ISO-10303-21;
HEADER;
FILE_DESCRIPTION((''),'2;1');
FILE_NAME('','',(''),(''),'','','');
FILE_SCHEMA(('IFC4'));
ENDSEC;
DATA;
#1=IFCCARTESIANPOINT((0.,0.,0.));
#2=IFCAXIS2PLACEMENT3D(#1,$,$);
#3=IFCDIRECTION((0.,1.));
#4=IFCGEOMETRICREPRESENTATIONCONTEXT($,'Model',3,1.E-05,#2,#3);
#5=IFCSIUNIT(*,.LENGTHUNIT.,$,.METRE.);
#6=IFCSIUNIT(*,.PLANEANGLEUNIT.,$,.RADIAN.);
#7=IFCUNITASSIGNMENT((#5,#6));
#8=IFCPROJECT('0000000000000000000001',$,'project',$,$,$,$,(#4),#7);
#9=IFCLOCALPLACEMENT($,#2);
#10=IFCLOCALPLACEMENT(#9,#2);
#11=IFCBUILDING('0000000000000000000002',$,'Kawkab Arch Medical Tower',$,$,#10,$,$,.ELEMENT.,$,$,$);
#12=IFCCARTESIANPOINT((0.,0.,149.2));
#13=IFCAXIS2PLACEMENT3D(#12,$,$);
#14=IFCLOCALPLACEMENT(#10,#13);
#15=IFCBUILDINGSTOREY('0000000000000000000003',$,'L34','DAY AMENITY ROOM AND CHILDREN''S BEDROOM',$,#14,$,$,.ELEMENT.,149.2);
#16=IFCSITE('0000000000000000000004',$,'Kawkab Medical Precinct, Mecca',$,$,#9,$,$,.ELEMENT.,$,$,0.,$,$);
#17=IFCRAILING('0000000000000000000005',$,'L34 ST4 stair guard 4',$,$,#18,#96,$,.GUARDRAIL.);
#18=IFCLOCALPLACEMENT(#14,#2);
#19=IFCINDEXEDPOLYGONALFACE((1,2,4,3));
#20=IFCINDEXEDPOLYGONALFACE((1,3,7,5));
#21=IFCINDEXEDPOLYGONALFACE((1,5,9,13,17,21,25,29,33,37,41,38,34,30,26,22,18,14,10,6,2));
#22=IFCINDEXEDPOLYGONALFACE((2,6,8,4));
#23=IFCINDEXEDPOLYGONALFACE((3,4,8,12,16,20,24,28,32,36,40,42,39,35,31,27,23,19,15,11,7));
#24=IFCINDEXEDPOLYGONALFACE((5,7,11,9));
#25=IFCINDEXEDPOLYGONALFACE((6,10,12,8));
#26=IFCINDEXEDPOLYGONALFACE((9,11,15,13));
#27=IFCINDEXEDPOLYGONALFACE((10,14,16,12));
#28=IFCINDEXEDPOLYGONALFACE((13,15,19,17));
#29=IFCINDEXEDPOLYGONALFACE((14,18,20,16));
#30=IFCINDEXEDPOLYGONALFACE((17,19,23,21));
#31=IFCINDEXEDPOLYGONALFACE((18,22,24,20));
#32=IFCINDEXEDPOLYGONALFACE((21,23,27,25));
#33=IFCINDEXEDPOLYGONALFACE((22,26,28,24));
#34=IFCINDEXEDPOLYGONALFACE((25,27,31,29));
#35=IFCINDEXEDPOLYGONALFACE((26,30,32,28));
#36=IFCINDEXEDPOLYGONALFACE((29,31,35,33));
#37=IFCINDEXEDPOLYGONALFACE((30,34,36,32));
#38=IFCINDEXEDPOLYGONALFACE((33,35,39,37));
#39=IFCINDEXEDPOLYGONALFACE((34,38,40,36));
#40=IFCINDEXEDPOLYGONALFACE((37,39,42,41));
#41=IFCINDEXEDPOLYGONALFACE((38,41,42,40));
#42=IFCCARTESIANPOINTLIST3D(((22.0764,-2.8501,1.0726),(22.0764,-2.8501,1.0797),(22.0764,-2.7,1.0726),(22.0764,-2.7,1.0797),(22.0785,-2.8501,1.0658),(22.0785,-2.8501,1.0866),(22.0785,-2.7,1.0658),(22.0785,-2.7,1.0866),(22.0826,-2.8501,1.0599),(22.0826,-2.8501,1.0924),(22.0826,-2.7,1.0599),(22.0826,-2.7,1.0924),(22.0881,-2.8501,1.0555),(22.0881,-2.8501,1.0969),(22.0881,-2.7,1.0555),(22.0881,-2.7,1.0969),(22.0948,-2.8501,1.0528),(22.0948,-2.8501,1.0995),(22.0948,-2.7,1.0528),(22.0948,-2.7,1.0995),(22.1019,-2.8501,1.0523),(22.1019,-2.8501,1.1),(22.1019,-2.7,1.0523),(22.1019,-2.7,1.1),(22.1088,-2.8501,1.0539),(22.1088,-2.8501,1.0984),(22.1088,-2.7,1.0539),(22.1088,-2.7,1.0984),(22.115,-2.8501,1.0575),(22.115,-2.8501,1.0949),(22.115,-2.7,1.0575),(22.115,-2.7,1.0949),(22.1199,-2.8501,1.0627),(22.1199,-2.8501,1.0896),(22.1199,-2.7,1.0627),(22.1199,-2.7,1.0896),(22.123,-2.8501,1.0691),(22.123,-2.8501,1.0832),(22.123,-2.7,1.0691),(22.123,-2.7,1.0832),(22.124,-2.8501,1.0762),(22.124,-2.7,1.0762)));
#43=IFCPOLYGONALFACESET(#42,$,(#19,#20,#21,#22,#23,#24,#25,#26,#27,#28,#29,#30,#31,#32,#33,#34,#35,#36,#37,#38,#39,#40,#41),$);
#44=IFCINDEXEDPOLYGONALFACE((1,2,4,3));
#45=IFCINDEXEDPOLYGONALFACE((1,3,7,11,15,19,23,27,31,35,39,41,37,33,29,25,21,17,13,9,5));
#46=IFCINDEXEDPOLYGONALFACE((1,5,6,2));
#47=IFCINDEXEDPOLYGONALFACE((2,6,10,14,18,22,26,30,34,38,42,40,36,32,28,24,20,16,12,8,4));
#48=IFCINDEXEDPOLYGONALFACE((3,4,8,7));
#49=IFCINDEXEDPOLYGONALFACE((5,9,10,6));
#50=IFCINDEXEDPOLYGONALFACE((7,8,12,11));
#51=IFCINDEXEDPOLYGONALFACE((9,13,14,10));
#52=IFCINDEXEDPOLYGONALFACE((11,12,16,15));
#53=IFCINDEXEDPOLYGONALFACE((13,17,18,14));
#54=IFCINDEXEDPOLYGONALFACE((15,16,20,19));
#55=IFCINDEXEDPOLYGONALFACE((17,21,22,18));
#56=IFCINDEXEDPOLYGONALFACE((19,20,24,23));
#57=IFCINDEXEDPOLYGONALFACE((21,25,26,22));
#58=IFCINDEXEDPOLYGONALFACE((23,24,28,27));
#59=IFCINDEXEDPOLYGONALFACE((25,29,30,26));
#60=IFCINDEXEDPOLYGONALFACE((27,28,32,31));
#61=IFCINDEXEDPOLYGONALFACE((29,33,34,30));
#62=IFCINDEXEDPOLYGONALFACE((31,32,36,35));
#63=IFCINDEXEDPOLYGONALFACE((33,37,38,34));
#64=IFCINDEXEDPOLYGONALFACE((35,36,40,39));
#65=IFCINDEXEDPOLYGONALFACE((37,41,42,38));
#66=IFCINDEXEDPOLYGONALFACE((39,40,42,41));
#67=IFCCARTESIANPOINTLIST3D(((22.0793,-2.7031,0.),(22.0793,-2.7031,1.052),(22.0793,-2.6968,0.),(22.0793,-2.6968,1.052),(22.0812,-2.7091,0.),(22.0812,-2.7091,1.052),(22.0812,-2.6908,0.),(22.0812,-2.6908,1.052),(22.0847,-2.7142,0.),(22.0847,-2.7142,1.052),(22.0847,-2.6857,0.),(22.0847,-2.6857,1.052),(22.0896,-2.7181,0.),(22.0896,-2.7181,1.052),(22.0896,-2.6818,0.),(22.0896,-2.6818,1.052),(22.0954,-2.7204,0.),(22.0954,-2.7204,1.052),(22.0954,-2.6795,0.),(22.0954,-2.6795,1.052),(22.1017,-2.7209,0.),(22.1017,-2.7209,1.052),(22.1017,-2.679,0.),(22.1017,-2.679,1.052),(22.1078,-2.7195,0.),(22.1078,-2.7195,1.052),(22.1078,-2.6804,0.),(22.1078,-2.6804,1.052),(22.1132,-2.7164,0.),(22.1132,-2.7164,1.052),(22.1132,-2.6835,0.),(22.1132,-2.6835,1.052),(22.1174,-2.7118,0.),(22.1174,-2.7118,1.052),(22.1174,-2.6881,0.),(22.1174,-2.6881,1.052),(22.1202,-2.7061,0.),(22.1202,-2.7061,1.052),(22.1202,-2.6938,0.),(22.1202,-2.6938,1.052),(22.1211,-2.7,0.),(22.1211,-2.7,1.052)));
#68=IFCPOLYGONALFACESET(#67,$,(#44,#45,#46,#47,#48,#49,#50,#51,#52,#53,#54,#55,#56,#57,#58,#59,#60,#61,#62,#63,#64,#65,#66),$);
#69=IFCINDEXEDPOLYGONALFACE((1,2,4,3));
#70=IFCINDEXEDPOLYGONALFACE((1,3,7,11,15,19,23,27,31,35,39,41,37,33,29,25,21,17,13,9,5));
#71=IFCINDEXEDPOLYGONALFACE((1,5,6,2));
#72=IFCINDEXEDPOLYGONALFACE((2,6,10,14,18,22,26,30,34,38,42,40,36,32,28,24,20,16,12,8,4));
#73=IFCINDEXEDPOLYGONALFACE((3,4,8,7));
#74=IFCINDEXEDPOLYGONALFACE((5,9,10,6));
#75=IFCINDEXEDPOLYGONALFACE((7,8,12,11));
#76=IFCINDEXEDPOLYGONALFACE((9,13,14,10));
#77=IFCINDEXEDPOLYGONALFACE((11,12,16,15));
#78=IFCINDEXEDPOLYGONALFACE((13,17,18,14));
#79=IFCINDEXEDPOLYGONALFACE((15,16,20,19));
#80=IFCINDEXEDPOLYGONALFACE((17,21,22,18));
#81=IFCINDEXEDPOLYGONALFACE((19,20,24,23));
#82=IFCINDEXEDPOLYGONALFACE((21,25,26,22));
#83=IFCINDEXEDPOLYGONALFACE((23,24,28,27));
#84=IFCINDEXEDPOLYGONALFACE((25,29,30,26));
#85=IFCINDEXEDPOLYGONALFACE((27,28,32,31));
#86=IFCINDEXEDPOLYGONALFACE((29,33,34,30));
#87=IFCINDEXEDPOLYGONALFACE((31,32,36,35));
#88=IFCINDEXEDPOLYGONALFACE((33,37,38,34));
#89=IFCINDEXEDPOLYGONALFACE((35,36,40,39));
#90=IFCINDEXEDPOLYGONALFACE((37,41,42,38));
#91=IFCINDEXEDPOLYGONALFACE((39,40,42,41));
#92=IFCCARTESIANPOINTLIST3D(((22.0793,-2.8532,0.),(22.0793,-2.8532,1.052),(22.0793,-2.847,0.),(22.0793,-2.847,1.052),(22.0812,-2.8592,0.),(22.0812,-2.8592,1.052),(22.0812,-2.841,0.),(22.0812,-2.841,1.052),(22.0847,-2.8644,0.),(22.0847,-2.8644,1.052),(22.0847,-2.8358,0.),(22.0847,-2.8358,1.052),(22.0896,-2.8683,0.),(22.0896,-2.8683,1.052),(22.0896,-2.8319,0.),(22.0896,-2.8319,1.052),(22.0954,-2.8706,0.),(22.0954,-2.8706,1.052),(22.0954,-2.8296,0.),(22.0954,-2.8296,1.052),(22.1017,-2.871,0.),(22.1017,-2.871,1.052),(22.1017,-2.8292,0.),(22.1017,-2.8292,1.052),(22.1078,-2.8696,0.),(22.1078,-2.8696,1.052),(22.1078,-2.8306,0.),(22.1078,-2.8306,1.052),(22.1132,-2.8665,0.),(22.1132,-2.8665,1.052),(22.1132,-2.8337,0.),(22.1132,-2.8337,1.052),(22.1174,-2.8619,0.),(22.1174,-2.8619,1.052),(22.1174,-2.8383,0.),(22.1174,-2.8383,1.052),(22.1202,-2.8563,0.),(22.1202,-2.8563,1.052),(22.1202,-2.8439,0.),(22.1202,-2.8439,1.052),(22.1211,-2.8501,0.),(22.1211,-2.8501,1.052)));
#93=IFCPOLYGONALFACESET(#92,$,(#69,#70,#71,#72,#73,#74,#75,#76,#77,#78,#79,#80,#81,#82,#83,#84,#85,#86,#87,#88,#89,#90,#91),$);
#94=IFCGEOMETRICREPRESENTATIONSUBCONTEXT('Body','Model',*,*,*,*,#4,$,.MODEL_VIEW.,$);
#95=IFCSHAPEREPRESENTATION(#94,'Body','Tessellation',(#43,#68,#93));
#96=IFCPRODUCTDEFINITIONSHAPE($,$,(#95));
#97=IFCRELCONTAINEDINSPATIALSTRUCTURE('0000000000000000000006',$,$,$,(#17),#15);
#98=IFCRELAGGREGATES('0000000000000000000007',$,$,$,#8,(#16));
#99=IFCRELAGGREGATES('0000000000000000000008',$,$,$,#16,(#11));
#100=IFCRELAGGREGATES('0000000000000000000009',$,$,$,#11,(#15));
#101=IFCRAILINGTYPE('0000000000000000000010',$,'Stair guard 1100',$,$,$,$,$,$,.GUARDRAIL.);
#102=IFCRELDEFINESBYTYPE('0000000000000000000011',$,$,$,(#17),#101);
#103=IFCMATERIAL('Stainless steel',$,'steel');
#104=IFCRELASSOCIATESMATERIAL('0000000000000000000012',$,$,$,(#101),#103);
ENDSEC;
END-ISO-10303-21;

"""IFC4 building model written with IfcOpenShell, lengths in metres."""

from ifc_helpers import new_model, si_unit, direction, frame, origin, origin_2d, place, context, subcontext, project, spatial, circle, extrude, material, type_object, element, save


model = new_model("IFC4")

# Units and contexts
model_context = context("Model", 3, precision=1e-05, world=origin(), true_north=direction((0.0, 1.0)))
body_context = subcontext(model_context, "Body", "Model", "MODEL_VIEW")
ifc_project = project(units=[si_unit("LENGTHUNIT", "METRE"), si_unit("PLANEANGLEUNIT", "RADIAN")], contexts=[model_context])

# Site, building, storey
site_placement = place(None, origin())
site = spatial("IfcSite", under=ifc_project, at=site_placement, Name="Kawkab Medical Precinct, Mecca", CompositionType="ELEMENT", RefElevation=0.0)
building_placement = place(site_placement, origin())
building = spatial("IfcBuilding", under=site, at=building_placement, Name="Kawkab Arch Medical Tower", CompositionType="ELEMENT")
storey_placement = place(building_placement, frame((0.0, 0.0, 149.2)))
storey = spatial("IfcBuildingStorey", under=building, at=storey_placement, Name="L34", Description="DAY AMENITY ROOM AND CHILDREN'S BEDROOM", CompositionType="ELEMENT", Elevation=149.2)

# Railing
ifc_material_1 = material(Name="Stainless steel", Category="steel")
railing_type_1 = type_object("IfcRailingType", Name="Stair guard 1100", PredefinedType="GUARDRAIL", material=ifc_material_1)
railing_1_placement = place(storey_placement, frame((22.1001, -2.7, 0.0)))
element("IfcRailing", 1, at=railing_1_placement, inside=storey, type_object=railing_type_1, Name="L34 ST4 stair guard 4", PredefinedType="GUARDRAIL", context=body_context, shape_type="SweptSolid", body=[
    extrude(circle(Radius=0.0239, at=origin_2d()), frame((0.0, 0.0, 1.0762), z_axis=(0.0, -1.0, 0.0), x_axis=(1.0, 0.0, 0.0)), (0.0, 0.0, 1.0), 0.1501),
    extrude(circle(Radius=0.021, at=origin_2d()), origin(), (0.0, 0.0, 1.0), 1.052),
    extrude(circle(Radius=0.021, at=origin_2d()), frame((0.0, -0.1501, 0.0)), (0.0, 0.0, 1.0), 1.052),
])

save(model, "model.ifc")
